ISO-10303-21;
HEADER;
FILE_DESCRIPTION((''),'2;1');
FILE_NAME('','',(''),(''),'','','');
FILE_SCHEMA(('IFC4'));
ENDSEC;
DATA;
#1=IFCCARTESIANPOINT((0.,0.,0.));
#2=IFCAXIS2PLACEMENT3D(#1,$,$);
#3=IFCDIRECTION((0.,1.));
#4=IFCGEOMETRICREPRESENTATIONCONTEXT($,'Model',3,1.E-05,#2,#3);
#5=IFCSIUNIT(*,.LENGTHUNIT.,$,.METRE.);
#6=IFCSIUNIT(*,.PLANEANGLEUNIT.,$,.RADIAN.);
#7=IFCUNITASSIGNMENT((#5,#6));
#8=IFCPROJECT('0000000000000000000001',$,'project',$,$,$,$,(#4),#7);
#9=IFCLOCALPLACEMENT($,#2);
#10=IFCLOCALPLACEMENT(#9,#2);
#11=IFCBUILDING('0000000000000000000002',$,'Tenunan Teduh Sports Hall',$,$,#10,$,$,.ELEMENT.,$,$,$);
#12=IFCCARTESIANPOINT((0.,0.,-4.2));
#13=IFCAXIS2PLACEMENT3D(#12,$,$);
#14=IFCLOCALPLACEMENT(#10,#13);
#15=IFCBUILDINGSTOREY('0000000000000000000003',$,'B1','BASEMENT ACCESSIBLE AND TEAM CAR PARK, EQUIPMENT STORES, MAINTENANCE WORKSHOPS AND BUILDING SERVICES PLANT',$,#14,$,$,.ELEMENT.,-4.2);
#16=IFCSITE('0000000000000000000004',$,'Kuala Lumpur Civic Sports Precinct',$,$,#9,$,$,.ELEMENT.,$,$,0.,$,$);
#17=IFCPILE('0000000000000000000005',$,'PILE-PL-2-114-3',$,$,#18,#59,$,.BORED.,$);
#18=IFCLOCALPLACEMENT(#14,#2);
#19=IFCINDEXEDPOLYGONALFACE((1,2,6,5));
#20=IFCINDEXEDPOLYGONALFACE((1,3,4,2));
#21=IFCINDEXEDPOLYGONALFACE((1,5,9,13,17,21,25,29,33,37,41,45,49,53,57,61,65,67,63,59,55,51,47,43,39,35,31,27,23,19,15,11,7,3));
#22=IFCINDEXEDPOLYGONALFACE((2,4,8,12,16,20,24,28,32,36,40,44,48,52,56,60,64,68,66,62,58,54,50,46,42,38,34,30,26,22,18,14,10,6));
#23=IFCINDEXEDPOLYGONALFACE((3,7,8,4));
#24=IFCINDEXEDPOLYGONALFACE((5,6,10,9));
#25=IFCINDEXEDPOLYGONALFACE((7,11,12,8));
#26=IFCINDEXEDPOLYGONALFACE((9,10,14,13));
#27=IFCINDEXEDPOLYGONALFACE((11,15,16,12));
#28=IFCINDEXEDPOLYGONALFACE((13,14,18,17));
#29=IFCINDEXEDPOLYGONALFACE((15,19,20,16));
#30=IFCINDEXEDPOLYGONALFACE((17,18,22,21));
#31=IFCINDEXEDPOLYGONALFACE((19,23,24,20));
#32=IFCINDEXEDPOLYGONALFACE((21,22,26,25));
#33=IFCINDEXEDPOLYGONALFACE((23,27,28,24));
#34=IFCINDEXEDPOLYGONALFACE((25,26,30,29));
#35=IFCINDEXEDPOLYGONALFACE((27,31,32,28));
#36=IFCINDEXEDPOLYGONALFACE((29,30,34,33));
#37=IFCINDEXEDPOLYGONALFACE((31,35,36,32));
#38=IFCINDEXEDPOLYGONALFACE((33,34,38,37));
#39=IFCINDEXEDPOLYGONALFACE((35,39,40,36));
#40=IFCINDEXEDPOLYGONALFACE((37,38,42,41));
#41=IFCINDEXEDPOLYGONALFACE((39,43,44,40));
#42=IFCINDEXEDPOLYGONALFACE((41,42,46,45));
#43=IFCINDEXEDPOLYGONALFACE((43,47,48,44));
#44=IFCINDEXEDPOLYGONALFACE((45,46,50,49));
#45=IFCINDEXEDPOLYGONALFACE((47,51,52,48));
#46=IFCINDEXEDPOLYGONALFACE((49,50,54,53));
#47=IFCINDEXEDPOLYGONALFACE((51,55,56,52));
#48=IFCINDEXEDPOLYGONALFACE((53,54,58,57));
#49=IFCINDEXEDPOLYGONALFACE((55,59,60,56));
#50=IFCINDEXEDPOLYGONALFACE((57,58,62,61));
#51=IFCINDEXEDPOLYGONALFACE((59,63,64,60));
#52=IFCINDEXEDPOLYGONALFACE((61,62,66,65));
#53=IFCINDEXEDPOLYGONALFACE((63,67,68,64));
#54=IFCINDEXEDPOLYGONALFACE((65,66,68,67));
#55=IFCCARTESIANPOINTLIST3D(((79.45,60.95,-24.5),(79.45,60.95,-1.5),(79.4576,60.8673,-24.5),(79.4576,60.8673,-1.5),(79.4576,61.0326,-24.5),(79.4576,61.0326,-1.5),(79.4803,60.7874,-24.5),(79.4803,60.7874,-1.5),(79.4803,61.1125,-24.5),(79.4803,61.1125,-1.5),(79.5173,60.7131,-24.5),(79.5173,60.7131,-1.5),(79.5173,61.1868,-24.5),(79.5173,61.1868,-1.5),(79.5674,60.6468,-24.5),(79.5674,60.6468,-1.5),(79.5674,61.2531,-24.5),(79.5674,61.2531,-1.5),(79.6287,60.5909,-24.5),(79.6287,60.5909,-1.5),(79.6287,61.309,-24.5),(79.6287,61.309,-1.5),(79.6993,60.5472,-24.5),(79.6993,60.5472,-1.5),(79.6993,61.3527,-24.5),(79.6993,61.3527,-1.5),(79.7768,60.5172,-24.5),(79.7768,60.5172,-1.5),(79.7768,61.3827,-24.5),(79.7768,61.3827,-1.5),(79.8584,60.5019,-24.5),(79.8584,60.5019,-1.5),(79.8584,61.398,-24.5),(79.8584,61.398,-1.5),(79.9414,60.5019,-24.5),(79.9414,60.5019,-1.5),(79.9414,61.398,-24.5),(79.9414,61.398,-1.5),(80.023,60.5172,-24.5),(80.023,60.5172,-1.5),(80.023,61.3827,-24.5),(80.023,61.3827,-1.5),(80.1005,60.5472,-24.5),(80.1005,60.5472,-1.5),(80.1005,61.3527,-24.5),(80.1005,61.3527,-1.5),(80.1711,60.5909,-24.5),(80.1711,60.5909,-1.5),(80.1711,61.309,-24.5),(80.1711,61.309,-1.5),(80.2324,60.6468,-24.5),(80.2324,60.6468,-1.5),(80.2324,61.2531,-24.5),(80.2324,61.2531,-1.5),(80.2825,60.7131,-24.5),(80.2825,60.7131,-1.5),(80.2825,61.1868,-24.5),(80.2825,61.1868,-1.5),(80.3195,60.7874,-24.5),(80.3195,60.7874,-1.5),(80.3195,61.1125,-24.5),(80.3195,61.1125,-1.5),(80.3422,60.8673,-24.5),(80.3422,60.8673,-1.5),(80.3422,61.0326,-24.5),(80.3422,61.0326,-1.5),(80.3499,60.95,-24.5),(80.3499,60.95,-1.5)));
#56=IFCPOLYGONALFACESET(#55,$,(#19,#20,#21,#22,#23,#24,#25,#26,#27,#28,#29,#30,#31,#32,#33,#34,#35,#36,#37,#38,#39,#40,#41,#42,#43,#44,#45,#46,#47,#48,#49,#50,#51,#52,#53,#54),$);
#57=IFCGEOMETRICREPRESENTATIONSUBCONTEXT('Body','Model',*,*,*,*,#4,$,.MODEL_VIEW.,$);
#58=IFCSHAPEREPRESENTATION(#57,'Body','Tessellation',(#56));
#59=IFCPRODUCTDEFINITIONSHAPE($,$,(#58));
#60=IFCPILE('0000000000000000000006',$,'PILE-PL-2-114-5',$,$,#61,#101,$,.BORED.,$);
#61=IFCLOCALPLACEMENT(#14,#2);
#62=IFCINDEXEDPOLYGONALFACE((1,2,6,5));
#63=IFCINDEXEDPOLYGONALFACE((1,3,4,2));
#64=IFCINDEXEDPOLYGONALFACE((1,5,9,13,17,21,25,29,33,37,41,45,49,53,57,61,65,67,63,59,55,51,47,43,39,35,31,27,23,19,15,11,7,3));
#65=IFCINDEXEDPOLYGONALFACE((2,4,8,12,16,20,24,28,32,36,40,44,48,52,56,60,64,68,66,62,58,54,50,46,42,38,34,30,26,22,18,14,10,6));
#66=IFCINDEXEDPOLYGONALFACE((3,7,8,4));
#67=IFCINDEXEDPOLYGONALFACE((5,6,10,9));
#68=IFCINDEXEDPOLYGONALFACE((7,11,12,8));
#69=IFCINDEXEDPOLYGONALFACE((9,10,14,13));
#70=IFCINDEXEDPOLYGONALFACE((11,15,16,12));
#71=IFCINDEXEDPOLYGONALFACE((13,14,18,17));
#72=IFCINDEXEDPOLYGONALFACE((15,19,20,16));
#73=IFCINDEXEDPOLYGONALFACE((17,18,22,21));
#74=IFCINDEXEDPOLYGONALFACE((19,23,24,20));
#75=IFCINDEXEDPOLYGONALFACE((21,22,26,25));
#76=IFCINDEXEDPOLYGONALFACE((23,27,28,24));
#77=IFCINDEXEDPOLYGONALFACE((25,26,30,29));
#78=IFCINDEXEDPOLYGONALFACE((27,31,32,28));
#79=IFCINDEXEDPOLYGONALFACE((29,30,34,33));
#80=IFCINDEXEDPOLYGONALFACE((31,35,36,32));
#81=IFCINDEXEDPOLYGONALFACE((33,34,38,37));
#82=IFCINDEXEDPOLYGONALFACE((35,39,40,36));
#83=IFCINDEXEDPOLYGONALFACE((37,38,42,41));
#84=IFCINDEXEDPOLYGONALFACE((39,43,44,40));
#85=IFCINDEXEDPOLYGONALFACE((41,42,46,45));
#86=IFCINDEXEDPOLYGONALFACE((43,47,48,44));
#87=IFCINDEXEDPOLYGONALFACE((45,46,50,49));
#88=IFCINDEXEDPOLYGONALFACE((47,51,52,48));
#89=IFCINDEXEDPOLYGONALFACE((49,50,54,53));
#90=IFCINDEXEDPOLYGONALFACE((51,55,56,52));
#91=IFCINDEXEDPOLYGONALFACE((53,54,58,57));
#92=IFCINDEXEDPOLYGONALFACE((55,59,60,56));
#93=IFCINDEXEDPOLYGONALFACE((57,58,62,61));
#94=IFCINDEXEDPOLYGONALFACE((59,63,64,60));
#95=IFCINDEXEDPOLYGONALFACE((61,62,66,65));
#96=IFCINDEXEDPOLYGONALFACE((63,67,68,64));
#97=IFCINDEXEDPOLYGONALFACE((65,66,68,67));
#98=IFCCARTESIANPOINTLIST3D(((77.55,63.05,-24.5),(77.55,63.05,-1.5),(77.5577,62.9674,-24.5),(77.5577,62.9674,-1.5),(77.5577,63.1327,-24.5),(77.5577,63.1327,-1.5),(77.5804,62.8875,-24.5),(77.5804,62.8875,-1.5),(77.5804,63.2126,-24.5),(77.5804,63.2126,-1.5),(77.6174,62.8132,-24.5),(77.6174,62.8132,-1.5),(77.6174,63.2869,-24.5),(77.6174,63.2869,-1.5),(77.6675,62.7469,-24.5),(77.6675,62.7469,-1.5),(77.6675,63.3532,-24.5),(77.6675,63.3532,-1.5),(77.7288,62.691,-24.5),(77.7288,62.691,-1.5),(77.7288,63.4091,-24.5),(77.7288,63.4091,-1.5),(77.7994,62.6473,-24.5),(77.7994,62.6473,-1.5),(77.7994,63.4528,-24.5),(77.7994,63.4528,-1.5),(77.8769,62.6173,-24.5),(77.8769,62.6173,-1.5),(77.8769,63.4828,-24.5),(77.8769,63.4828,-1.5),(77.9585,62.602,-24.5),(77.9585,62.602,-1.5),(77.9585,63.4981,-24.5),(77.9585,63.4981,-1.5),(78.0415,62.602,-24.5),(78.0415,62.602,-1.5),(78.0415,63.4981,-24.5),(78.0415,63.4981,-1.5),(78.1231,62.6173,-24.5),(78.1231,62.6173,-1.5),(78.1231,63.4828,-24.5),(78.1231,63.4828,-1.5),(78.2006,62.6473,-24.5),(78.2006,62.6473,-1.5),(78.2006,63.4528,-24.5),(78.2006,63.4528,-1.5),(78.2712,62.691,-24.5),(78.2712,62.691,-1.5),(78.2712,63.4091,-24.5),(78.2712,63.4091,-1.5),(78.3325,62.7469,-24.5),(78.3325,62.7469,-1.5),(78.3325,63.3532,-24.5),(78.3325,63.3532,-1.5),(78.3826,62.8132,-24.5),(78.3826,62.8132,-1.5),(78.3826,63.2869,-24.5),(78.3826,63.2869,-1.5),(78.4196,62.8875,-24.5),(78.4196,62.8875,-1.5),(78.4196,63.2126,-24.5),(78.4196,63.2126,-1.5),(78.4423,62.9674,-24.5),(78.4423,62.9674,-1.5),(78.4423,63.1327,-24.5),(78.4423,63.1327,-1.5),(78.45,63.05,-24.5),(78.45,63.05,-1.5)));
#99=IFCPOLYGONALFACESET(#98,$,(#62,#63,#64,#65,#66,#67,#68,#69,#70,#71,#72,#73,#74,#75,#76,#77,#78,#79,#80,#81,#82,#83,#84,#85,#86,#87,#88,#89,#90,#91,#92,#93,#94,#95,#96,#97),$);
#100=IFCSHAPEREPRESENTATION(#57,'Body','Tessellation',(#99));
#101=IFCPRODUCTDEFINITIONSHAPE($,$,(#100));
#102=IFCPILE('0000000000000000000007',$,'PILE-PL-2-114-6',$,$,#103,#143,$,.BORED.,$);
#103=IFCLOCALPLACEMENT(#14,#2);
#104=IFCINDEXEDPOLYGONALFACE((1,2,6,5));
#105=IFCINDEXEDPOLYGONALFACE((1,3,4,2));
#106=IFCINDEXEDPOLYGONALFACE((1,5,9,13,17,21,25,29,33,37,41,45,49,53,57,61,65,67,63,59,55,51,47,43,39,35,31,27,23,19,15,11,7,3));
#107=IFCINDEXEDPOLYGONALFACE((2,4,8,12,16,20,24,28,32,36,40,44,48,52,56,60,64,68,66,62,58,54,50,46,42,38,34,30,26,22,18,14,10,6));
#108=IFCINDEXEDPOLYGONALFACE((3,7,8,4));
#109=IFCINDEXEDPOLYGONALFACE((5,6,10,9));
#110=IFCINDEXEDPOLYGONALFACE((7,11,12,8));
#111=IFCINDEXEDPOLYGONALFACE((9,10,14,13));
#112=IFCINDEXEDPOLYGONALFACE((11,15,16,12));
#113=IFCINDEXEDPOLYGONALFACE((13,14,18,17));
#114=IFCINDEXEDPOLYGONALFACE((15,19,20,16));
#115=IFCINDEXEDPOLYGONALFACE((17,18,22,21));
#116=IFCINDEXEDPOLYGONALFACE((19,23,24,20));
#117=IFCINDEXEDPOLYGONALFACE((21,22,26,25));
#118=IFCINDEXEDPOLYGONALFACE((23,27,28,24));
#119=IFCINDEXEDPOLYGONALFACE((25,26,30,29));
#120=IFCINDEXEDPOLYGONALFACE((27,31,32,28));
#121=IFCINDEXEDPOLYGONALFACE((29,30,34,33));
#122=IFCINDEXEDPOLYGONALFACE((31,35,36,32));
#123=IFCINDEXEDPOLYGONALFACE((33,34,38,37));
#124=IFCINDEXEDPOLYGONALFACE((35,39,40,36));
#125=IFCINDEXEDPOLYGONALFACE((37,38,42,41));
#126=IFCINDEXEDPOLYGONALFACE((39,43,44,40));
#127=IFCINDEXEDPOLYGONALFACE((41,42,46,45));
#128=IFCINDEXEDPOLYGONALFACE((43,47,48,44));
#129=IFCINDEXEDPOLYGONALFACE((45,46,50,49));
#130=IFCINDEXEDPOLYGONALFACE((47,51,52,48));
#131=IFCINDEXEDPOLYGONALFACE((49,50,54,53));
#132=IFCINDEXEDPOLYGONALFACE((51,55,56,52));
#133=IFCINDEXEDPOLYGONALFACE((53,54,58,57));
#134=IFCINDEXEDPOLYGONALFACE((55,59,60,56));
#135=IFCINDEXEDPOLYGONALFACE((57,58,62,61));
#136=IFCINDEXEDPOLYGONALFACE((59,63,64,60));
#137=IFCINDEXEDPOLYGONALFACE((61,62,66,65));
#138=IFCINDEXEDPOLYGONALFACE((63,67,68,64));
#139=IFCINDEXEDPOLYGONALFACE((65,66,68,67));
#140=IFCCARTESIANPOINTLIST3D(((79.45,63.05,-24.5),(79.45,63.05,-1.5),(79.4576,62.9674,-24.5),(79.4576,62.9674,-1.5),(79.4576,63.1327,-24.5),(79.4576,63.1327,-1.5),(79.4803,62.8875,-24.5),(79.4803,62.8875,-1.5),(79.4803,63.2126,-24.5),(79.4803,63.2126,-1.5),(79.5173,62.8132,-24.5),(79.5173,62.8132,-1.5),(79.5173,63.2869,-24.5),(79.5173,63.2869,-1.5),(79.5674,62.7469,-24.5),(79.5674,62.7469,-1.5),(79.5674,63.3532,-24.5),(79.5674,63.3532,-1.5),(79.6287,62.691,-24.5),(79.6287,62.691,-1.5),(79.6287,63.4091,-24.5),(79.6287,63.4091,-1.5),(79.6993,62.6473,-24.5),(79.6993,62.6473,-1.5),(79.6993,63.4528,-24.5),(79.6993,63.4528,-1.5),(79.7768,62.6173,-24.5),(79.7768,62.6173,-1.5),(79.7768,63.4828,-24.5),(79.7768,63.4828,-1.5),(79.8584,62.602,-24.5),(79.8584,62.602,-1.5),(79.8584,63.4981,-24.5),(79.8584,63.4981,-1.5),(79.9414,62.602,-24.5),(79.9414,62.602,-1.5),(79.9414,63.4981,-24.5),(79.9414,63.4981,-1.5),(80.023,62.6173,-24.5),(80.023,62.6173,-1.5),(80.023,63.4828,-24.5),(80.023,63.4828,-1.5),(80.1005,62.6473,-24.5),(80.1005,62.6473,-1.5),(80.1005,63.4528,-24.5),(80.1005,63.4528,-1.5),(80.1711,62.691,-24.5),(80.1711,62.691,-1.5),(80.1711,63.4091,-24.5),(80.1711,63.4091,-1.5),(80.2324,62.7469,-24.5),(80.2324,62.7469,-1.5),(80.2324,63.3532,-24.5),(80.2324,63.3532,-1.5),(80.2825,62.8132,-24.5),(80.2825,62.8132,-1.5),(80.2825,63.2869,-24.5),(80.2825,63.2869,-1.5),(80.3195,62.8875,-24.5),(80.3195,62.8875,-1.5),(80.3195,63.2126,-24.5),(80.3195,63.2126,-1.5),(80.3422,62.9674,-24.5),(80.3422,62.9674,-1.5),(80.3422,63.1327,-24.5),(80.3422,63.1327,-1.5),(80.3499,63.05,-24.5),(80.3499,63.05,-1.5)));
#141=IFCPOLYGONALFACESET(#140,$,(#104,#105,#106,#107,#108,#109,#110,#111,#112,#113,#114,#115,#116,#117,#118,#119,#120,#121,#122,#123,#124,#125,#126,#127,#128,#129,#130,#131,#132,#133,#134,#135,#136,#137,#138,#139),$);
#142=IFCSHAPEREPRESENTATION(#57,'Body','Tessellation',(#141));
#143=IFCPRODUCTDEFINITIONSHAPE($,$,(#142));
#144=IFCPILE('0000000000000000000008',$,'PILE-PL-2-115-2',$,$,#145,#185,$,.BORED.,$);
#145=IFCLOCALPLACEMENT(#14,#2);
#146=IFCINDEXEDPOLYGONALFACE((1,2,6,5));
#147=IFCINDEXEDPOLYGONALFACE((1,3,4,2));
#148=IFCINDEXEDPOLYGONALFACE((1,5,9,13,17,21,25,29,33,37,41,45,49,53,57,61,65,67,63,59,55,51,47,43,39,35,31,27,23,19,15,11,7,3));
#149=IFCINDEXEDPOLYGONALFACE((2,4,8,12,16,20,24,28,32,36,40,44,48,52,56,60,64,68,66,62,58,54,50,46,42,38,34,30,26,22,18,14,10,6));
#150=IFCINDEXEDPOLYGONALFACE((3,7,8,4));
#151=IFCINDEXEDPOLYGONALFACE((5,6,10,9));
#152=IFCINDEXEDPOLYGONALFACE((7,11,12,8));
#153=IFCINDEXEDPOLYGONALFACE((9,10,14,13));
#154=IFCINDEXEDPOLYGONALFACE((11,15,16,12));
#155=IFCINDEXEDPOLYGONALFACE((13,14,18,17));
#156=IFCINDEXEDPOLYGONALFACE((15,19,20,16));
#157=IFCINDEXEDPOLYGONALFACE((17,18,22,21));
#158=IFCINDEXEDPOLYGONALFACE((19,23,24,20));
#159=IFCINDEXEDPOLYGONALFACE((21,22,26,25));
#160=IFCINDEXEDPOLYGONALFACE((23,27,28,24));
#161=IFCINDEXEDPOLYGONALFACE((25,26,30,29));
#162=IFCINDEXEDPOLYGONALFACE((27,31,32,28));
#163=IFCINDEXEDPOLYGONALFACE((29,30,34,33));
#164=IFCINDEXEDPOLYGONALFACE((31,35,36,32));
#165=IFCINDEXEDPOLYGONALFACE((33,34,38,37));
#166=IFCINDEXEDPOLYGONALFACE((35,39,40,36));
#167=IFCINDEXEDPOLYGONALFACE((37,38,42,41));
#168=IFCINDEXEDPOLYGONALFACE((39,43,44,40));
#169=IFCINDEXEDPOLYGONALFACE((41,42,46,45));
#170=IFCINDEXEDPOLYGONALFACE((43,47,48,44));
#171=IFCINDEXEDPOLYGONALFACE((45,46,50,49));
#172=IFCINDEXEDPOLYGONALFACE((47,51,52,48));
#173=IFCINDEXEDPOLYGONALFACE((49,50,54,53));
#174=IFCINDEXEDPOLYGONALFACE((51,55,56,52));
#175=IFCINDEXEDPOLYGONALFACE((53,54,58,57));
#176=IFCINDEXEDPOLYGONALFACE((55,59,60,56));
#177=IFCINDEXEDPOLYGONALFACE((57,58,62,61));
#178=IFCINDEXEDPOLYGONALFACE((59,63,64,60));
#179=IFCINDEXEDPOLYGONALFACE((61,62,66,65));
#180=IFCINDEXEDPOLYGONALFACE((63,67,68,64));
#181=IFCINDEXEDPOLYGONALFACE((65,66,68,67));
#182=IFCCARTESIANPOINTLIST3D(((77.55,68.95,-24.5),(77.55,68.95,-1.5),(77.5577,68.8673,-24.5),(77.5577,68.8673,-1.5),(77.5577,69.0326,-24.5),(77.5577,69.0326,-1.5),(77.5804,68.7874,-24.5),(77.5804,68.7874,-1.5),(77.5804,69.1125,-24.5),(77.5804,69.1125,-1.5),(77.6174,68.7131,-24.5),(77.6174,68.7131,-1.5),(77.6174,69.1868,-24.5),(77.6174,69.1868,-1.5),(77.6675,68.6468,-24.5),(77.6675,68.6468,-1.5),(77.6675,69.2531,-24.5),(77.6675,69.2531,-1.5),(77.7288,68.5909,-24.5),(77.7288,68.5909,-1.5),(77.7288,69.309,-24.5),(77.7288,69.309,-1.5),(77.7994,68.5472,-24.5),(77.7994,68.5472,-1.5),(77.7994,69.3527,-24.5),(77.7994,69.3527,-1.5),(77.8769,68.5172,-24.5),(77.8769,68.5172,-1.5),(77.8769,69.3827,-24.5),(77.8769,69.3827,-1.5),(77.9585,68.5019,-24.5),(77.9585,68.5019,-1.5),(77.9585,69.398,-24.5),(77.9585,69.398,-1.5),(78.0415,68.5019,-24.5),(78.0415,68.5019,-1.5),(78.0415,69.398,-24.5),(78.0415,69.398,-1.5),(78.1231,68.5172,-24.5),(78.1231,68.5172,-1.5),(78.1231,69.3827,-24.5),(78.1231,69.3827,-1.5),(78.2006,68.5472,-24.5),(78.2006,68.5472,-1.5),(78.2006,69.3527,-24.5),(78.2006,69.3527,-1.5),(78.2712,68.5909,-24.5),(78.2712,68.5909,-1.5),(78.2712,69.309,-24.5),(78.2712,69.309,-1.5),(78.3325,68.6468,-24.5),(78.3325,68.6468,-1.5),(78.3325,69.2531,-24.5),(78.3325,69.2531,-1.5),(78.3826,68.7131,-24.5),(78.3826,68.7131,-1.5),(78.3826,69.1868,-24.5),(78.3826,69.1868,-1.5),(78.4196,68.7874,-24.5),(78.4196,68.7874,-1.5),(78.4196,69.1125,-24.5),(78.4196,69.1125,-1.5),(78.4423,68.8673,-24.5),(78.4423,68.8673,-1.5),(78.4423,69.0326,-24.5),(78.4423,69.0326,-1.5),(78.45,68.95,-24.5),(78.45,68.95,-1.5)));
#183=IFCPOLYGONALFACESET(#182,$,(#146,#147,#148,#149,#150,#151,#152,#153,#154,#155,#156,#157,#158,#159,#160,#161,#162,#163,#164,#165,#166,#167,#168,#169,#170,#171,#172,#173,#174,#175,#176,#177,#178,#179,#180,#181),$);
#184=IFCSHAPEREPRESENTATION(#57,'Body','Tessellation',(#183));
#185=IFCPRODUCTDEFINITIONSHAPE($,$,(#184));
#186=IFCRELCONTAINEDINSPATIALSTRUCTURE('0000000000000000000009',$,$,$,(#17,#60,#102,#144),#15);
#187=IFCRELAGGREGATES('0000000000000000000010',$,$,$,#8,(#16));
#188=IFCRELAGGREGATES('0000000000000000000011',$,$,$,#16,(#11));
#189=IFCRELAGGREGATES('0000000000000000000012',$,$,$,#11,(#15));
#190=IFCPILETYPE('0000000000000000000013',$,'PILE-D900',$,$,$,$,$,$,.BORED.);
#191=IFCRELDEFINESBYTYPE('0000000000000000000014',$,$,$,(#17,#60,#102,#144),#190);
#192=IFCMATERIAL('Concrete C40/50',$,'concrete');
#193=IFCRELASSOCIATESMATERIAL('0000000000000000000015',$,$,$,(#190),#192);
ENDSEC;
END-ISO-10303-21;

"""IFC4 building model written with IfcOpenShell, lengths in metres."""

from ifc_helpers import new_model, si_unit, direction, frame, origin, origin_2d, place, context, subcontext, project, spatial, circle, extrude, material, material_profile, profile_set, type_object, element, save


model = new_model("IFC4")

# Units and contexts
model_context = context("Model", 3, precision=1e-05, world=origin(), true_north=direction((0.0, 1.0)))
body_context = subcontext(model_context, "Body", "Model", "MODEL_VIEW")
ifc_project = project(units=[si_unit("LENGTHUNIT", "METRE"), si_unit("PLANEANGLEUNIT", "RADIAN")], contexts=[model_context])

# Site, building, storey
site_placement = place(None, origin())
site = spatial("IfcSite", under=ifc_project, at=site_placement, Name="Kuala Lumpur Civic Sports Precinct", CompositionType="ELEMENT", RefElevation=0.0)
building_placement = place(site_placement, origin())
building = spatial("IfcBuilding", under=site, at=building_placement, Name="Tenunan Teduh Sports Hall", CompositionType="ELEMENT")
storey_placement = place(building_placement, frame((0.0, 0.0, -4.2)))
storey = spatial("IfcBuildingStorey", under=building, at=storey_placement, Name="B1", Description="BASEMENT ACCESSIBLE AND TEAM CAR PARK, EQUIPMENT STORES, MAINTENANCE WORKSHOPS AND BUILDING SERVICES PLANT", CompositionType="ELEMENT", Elevation=-4.2)

# Piles
ifc_material_1 = material(Name="Concrete C40/50", Category="concrete")
ifc_material_profile_1 = material_profile(ifc_material_1, circle(Radius=0.45, at=origin_2d()), Name="PILE D900")
ifc_profile_set_1 = profile_set([ifc_material_profile_1], Name="Concrete C40/50")
pile_type = type_object("IfcPileType", Name="PILE-D900", PredefinedType="BORED", material=ifc_profile_set_1)
for number, where, z_axis, x_axis, name in (
    (1, (79.8999, 60.95, -1.5), (0.0, 0.0, -1.0), (1.0, 0.0, 0.0), "PILE-PL-2-114-3"),
    (2, (78.0, 63.05, -1.5), (0.0, 0.0, -1.0), (1.0, 0.0, 0.0), "PILE-PL-2-114-5"),
    (3, (79.8999, 63.05, -1.5), (0.0, 0.0, -1.0), (1.0, 0.0, 0.0), "PILE-PL-2-114-6"),
    (4, (78.0, 68.95, -1.5), (0.0, 0.0, -1.0), (1.0, 0.0, 0.0), "PILE-PL-2-115-2"),
):
    element("IfcPile", number, at=place(storey_placement, frame(where, z_axis=z_axis, x_axis=x_axis)), inside=storey, type_object=pile_type, Name=name, PredefinedType="BORED", context=body_context, shape_type="SweptSolid", body=[
        extrude(circle(Radius=0.45, at=origin_2d()), origin(), (0.0, 0.0, 1.0), 23.0),
    ])

save(model, "model.ifc")
